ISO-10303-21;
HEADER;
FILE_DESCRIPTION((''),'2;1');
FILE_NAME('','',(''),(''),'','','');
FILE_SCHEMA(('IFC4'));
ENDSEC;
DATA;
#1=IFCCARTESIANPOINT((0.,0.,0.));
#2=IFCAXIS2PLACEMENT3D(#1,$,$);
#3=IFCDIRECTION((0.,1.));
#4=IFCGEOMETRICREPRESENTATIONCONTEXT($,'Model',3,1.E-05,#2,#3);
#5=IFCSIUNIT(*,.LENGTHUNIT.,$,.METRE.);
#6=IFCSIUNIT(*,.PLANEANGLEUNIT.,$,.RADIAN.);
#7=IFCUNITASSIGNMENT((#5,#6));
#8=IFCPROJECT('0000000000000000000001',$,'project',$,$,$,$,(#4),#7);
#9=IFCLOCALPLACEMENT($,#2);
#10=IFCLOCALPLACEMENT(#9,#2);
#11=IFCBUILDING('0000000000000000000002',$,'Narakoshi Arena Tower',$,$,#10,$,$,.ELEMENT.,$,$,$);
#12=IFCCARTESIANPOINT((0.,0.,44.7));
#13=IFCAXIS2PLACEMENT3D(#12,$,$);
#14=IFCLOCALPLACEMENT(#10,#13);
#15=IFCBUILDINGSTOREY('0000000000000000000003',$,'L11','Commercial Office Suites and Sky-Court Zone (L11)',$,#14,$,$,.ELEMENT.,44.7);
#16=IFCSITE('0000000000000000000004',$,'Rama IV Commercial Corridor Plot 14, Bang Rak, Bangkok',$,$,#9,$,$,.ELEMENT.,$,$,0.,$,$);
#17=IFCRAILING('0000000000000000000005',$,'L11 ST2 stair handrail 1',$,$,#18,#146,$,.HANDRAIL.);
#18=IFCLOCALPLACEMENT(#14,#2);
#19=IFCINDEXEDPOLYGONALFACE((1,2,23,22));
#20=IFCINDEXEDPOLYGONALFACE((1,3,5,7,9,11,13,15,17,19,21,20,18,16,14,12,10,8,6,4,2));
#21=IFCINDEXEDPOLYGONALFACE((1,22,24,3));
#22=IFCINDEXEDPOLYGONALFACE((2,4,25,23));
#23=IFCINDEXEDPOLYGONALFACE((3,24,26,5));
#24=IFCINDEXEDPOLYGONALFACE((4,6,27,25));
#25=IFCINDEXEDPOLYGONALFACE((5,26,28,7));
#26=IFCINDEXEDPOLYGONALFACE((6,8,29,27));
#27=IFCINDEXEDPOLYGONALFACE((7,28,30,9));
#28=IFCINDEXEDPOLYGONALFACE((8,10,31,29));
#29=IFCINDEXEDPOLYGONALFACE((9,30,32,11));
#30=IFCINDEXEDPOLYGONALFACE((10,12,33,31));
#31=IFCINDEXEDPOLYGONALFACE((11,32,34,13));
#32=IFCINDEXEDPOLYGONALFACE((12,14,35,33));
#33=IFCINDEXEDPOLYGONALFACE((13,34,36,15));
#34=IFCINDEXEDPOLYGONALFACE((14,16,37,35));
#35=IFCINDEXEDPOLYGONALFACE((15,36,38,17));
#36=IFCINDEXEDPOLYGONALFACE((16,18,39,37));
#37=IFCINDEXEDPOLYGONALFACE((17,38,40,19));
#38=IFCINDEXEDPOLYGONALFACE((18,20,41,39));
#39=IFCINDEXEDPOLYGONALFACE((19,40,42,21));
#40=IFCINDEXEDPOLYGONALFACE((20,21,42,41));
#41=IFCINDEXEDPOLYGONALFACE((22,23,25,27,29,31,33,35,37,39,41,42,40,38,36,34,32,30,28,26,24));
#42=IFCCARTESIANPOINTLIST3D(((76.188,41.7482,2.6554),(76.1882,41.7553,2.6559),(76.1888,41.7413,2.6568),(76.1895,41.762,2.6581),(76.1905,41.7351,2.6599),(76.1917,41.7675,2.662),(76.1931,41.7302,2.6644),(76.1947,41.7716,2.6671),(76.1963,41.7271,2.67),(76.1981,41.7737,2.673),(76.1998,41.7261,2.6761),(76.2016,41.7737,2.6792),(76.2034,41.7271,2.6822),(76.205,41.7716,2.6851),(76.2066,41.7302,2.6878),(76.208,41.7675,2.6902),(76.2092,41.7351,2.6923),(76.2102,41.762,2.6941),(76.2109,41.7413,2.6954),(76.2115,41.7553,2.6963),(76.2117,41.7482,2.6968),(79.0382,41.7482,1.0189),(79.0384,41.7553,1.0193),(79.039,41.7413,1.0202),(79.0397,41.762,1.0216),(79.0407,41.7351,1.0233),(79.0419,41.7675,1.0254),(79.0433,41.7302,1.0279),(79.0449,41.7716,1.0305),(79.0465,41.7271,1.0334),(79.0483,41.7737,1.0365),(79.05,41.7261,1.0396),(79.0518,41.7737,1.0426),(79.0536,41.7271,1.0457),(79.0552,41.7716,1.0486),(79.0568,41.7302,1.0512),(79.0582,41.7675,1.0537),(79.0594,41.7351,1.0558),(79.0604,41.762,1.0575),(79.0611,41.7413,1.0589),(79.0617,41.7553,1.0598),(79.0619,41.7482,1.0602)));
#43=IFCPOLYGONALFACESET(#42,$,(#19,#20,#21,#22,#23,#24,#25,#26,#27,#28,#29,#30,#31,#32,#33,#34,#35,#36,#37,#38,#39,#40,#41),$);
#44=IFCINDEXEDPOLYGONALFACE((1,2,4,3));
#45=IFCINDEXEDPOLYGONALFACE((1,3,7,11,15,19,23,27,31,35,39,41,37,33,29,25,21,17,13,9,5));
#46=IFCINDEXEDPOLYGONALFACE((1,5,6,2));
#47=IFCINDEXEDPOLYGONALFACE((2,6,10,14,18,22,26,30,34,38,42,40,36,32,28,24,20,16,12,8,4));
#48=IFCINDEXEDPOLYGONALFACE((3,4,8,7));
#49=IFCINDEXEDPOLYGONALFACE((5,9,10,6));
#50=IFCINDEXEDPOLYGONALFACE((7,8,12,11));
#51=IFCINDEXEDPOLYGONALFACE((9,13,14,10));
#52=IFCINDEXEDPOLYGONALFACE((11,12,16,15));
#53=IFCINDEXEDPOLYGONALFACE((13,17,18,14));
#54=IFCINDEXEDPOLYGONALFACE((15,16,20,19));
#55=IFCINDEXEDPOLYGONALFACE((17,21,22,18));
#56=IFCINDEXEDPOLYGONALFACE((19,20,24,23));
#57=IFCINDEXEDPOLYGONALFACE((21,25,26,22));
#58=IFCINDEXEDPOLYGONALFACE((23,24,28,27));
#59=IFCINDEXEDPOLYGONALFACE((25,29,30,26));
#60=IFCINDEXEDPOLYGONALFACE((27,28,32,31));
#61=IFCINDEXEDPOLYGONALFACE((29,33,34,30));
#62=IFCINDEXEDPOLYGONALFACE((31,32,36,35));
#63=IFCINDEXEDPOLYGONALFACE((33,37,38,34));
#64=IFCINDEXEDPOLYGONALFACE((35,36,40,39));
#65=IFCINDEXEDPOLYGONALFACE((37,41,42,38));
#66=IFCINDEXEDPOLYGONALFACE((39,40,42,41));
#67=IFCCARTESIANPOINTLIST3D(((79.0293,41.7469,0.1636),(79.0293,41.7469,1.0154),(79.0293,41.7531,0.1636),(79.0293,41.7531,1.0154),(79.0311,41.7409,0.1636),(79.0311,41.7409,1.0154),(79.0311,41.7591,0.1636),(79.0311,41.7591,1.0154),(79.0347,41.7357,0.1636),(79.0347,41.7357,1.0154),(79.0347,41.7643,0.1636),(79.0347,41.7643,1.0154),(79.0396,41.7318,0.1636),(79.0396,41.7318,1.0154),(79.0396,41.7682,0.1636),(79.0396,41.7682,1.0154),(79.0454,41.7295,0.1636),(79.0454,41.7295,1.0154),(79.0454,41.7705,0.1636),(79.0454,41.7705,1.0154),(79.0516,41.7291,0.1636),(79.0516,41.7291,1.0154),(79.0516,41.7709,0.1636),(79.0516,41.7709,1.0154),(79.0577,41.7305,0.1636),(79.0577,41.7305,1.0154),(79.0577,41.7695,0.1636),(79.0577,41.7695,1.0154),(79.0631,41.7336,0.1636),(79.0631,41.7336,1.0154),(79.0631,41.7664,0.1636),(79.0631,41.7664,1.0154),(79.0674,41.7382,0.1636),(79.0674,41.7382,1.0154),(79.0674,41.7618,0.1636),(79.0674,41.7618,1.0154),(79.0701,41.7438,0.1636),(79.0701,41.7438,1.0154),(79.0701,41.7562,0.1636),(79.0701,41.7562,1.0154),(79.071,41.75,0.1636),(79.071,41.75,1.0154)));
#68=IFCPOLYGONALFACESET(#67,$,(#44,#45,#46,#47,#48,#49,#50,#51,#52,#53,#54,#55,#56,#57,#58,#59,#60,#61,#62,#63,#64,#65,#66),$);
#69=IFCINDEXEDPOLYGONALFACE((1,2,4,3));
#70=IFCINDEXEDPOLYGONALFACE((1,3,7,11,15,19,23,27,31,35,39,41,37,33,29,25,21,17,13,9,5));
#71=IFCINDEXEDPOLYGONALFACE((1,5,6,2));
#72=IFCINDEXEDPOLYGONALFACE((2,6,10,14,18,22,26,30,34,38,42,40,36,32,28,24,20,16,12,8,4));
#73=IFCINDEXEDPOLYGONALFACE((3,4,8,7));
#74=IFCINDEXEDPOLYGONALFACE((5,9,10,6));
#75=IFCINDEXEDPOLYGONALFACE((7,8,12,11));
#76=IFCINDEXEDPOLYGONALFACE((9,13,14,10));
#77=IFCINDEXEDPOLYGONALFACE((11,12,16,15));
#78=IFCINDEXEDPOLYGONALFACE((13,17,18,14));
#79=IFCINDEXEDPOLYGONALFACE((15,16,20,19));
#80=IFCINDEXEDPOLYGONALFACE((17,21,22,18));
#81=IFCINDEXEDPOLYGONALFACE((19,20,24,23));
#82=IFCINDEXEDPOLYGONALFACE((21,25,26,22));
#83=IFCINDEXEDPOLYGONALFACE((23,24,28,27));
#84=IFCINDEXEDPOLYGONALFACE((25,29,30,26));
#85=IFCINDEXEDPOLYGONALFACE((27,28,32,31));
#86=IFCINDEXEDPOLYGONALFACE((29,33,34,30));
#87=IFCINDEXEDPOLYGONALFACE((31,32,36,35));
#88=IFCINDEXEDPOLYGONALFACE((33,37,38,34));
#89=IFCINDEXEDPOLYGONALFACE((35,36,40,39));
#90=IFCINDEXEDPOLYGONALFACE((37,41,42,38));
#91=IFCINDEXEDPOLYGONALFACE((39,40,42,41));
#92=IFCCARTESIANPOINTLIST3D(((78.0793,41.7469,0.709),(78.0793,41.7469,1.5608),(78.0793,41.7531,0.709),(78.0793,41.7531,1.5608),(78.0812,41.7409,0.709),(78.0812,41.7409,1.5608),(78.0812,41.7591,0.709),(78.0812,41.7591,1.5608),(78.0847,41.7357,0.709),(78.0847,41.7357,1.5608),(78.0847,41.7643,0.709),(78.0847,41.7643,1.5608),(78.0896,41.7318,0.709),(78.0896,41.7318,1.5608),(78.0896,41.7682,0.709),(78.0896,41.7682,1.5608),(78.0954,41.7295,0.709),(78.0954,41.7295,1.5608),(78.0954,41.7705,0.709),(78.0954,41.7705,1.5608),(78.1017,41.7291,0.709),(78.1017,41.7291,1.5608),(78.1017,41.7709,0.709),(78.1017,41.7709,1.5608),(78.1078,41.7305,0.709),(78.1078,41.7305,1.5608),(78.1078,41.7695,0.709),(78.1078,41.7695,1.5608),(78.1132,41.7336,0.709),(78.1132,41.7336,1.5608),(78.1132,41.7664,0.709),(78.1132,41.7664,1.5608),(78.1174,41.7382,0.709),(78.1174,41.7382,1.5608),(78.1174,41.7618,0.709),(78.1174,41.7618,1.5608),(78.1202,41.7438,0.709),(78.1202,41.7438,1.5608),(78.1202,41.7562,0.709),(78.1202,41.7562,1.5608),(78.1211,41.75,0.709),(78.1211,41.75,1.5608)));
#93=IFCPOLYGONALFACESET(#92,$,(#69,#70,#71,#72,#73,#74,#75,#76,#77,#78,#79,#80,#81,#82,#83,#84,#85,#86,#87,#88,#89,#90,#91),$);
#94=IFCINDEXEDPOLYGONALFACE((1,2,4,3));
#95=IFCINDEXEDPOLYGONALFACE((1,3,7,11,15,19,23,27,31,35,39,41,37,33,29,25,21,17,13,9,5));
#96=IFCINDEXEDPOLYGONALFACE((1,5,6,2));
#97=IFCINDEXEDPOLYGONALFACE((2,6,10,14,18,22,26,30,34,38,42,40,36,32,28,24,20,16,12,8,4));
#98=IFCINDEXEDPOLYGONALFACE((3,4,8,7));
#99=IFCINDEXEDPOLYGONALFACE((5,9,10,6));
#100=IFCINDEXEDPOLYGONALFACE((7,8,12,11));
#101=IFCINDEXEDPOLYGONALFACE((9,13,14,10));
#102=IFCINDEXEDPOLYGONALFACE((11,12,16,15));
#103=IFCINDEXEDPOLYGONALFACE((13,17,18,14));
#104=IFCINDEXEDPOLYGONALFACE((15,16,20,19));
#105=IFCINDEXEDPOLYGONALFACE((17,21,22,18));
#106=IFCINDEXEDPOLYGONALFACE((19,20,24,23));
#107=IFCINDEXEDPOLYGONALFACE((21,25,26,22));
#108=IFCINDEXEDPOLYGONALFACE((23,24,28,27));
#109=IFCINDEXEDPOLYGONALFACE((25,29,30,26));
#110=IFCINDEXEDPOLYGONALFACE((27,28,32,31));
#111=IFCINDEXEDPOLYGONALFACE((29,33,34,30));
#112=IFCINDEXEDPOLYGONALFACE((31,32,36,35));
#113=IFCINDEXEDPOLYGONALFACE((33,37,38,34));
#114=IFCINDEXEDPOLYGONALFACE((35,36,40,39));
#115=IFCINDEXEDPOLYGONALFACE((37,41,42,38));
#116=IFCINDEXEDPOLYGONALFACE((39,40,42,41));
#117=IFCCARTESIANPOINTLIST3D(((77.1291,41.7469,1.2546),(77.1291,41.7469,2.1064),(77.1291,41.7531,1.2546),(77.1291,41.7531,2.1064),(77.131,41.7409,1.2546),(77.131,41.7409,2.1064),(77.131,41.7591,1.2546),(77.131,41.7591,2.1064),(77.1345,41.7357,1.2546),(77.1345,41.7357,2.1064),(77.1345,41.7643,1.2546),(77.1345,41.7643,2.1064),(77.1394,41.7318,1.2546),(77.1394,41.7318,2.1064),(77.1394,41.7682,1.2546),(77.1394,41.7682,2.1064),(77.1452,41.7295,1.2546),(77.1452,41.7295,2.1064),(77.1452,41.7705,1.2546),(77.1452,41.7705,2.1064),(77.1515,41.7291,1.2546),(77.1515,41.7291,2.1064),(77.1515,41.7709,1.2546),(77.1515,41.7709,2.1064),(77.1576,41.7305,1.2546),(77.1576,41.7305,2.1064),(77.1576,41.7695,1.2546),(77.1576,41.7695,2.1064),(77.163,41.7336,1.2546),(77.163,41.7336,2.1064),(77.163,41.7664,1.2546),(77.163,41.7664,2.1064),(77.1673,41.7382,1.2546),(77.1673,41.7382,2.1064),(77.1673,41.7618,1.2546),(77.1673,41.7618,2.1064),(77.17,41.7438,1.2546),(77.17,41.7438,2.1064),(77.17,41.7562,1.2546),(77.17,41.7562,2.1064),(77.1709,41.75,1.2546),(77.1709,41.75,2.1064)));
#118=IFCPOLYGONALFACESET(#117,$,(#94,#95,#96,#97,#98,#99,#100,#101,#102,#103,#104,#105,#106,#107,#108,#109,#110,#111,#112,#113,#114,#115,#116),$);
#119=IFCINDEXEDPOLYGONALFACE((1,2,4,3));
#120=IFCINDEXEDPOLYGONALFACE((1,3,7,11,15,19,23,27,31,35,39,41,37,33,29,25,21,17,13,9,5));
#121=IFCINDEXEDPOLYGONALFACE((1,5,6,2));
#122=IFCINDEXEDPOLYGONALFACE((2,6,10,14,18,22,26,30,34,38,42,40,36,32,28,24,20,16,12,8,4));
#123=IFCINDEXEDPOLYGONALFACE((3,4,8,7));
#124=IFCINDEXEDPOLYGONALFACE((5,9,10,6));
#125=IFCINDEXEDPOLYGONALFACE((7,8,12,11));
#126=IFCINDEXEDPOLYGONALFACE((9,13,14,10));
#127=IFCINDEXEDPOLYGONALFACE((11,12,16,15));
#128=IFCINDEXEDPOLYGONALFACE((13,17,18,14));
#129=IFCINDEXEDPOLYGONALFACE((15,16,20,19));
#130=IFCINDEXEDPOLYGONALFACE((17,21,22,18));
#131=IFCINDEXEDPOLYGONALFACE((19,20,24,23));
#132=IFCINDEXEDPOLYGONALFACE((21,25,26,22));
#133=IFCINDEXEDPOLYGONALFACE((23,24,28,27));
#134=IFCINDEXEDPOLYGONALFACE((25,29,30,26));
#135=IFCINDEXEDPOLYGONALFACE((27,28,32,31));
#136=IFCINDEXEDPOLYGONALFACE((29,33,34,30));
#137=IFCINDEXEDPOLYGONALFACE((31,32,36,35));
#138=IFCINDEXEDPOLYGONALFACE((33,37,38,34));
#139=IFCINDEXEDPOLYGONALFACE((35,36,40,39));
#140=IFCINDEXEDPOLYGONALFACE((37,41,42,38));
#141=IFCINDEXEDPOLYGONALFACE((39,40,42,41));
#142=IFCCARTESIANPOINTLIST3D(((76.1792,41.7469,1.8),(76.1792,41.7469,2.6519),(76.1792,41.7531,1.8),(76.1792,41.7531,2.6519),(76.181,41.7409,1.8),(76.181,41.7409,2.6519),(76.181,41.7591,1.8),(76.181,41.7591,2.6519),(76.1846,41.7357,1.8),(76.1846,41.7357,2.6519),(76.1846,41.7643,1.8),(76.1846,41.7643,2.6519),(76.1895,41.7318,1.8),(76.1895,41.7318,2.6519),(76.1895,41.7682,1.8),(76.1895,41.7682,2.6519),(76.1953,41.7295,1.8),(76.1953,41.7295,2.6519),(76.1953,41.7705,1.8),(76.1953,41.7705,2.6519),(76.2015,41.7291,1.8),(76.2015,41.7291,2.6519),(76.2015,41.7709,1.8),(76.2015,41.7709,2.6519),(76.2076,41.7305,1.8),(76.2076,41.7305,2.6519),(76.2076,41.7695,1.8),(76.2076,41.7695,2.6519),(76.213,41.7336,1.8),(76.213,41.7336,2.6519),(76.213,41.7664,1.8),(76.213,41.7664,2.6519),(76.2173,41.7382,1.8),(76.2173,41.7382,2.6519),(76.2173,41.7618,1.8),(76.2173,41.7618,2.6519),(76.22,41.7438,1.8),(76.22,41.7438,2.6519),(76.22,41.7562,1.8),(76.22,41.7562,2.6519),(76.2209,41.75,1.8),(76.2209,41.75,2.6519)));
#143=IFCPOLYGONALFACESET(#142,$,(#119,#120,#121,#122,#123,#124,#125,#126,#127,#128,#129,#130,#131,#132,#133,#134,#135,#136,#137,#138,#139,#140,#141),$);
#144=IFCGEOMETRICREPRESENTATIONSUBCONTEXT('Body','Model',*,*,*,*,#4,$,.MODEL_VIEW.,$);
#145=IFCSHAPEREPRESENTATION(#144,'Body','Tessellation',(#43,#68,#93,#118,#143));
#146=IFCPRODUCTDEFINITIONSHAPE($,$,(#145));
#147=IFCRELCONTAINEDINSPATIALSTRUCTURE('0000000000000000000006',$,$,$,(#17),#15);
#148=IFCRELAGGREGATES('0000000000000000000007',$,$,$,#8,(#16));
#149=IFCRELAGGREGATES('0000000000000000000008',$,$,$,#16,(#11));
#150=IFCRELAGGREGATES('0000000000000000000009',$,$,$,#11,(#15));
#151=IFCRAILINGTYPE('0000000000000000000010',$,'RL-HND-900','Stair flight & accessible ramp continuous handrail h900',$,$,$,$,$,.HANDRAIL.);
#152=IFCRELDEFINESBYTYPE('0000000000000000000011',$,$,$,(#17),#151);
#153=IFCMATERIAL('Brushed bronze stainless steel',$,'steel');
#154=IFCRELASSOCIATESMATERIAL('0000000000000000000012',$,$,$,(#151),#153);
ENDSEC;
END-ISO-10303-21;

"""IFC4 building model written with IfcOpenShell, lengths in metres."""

from ifc_helpers import new_model, si_unit, direction, frame, origin, origin_2d, place, context, subcontext, project, spatial, circle, extrude, material, type_object, element, save


model = new_model("IFC4")

# Units and contexts
model_context = context("Model", 3, precision=1e-05, world=origin(), true_north=direction((0.0, 1.0)))
body_context = subcontext(model_context, "Body", "Model", "MODEL_VIEW")
ifc_project = project(units=[si_unit("LENGTHUNIT", "METRE"), si_unit("PLANEANGLEUNIT", "RADIAN")], contexts=[model_context])

# Site, building, storey
site_placement = place(None, origin())
site = spatial("IfcSite", under=ifc_project, at=site_placement, Name="Rama IV Commercial Corridor Plot 14, Bang Rak, Bangkok", CompositionType="ELEMENT", RefElevation=0.0)
building_placement = place(site_placement, origin())
building = spatial("IfcBuilding", under=site, at=building_placement, Name="Narakoshi Arena Tower", CompositionType="ELEMENT")
storey_placement = place(building_placement, frame((0.0, 0.0, 44.7)))
storey = spatial("IfcBuildingStorey", under=building, at=storey_placement, Name="L11", Description="Commercial Office Suites and Sky-Court Zone (L11)", CompositionType="ELEMENT", Elevation=44.7)

# Shared definitions
ifc_material_1 = material(Name="Brushed bronze stainless steel", Category="steel")

# Railing
railing_type_1 = type_object("IfcRailingType", Name="RL-HND-900", Description="Stair flight & accessible ramp continuous handrail h900", PredefinedType="HANDRAIL", material=ifc_material_1)
for number, where, name in (
    (1, (79.05, 41.75, 0.1636), "L11 ST2 stair handrail 1"),
):
    element("IfcRailing", number, at=place(storey_placement, frame(where)), inside=storey, type_object=railing_type_1, Name=name, PredefinedType="HANDRAIL", context=body_context, shape_type="SweptSolid", body=[
        extrude(circle(Radius=0.0239, at=origin_2d()), frame((0.0, 0.0, 0.876), z_axis=(-0.867213, 0.0, 0.497938), x_axis=(0.0, -1.0, 0.0)), (0.0, 0.0, 1.0), 3.2866),
        extrude(circle(Radius=0.021, at=origin_2d()), origin(), (0.0, 0.0, 1.0), 0.8518),
        extrude(circle(Radius=0.021, at=origin_2d()), frame((-0.95, 0.0, 0.5454)), (0.0, 0.0, 1.0), 0.8518),
        extrude(circle(Radius=0.021, at=origin_2d()), frame((-1.9001, 0.0, 1.0911)), (0.0, 0.0, 1.0), 0.8518),
        extrude(circle(Radius=0.021, at=origin_2d()), frame((-2.8501, 0.0, 1.6365)), (0.0, 0.0, 1.0), 0.8518),
    ])

save(model, "model.ifc")
